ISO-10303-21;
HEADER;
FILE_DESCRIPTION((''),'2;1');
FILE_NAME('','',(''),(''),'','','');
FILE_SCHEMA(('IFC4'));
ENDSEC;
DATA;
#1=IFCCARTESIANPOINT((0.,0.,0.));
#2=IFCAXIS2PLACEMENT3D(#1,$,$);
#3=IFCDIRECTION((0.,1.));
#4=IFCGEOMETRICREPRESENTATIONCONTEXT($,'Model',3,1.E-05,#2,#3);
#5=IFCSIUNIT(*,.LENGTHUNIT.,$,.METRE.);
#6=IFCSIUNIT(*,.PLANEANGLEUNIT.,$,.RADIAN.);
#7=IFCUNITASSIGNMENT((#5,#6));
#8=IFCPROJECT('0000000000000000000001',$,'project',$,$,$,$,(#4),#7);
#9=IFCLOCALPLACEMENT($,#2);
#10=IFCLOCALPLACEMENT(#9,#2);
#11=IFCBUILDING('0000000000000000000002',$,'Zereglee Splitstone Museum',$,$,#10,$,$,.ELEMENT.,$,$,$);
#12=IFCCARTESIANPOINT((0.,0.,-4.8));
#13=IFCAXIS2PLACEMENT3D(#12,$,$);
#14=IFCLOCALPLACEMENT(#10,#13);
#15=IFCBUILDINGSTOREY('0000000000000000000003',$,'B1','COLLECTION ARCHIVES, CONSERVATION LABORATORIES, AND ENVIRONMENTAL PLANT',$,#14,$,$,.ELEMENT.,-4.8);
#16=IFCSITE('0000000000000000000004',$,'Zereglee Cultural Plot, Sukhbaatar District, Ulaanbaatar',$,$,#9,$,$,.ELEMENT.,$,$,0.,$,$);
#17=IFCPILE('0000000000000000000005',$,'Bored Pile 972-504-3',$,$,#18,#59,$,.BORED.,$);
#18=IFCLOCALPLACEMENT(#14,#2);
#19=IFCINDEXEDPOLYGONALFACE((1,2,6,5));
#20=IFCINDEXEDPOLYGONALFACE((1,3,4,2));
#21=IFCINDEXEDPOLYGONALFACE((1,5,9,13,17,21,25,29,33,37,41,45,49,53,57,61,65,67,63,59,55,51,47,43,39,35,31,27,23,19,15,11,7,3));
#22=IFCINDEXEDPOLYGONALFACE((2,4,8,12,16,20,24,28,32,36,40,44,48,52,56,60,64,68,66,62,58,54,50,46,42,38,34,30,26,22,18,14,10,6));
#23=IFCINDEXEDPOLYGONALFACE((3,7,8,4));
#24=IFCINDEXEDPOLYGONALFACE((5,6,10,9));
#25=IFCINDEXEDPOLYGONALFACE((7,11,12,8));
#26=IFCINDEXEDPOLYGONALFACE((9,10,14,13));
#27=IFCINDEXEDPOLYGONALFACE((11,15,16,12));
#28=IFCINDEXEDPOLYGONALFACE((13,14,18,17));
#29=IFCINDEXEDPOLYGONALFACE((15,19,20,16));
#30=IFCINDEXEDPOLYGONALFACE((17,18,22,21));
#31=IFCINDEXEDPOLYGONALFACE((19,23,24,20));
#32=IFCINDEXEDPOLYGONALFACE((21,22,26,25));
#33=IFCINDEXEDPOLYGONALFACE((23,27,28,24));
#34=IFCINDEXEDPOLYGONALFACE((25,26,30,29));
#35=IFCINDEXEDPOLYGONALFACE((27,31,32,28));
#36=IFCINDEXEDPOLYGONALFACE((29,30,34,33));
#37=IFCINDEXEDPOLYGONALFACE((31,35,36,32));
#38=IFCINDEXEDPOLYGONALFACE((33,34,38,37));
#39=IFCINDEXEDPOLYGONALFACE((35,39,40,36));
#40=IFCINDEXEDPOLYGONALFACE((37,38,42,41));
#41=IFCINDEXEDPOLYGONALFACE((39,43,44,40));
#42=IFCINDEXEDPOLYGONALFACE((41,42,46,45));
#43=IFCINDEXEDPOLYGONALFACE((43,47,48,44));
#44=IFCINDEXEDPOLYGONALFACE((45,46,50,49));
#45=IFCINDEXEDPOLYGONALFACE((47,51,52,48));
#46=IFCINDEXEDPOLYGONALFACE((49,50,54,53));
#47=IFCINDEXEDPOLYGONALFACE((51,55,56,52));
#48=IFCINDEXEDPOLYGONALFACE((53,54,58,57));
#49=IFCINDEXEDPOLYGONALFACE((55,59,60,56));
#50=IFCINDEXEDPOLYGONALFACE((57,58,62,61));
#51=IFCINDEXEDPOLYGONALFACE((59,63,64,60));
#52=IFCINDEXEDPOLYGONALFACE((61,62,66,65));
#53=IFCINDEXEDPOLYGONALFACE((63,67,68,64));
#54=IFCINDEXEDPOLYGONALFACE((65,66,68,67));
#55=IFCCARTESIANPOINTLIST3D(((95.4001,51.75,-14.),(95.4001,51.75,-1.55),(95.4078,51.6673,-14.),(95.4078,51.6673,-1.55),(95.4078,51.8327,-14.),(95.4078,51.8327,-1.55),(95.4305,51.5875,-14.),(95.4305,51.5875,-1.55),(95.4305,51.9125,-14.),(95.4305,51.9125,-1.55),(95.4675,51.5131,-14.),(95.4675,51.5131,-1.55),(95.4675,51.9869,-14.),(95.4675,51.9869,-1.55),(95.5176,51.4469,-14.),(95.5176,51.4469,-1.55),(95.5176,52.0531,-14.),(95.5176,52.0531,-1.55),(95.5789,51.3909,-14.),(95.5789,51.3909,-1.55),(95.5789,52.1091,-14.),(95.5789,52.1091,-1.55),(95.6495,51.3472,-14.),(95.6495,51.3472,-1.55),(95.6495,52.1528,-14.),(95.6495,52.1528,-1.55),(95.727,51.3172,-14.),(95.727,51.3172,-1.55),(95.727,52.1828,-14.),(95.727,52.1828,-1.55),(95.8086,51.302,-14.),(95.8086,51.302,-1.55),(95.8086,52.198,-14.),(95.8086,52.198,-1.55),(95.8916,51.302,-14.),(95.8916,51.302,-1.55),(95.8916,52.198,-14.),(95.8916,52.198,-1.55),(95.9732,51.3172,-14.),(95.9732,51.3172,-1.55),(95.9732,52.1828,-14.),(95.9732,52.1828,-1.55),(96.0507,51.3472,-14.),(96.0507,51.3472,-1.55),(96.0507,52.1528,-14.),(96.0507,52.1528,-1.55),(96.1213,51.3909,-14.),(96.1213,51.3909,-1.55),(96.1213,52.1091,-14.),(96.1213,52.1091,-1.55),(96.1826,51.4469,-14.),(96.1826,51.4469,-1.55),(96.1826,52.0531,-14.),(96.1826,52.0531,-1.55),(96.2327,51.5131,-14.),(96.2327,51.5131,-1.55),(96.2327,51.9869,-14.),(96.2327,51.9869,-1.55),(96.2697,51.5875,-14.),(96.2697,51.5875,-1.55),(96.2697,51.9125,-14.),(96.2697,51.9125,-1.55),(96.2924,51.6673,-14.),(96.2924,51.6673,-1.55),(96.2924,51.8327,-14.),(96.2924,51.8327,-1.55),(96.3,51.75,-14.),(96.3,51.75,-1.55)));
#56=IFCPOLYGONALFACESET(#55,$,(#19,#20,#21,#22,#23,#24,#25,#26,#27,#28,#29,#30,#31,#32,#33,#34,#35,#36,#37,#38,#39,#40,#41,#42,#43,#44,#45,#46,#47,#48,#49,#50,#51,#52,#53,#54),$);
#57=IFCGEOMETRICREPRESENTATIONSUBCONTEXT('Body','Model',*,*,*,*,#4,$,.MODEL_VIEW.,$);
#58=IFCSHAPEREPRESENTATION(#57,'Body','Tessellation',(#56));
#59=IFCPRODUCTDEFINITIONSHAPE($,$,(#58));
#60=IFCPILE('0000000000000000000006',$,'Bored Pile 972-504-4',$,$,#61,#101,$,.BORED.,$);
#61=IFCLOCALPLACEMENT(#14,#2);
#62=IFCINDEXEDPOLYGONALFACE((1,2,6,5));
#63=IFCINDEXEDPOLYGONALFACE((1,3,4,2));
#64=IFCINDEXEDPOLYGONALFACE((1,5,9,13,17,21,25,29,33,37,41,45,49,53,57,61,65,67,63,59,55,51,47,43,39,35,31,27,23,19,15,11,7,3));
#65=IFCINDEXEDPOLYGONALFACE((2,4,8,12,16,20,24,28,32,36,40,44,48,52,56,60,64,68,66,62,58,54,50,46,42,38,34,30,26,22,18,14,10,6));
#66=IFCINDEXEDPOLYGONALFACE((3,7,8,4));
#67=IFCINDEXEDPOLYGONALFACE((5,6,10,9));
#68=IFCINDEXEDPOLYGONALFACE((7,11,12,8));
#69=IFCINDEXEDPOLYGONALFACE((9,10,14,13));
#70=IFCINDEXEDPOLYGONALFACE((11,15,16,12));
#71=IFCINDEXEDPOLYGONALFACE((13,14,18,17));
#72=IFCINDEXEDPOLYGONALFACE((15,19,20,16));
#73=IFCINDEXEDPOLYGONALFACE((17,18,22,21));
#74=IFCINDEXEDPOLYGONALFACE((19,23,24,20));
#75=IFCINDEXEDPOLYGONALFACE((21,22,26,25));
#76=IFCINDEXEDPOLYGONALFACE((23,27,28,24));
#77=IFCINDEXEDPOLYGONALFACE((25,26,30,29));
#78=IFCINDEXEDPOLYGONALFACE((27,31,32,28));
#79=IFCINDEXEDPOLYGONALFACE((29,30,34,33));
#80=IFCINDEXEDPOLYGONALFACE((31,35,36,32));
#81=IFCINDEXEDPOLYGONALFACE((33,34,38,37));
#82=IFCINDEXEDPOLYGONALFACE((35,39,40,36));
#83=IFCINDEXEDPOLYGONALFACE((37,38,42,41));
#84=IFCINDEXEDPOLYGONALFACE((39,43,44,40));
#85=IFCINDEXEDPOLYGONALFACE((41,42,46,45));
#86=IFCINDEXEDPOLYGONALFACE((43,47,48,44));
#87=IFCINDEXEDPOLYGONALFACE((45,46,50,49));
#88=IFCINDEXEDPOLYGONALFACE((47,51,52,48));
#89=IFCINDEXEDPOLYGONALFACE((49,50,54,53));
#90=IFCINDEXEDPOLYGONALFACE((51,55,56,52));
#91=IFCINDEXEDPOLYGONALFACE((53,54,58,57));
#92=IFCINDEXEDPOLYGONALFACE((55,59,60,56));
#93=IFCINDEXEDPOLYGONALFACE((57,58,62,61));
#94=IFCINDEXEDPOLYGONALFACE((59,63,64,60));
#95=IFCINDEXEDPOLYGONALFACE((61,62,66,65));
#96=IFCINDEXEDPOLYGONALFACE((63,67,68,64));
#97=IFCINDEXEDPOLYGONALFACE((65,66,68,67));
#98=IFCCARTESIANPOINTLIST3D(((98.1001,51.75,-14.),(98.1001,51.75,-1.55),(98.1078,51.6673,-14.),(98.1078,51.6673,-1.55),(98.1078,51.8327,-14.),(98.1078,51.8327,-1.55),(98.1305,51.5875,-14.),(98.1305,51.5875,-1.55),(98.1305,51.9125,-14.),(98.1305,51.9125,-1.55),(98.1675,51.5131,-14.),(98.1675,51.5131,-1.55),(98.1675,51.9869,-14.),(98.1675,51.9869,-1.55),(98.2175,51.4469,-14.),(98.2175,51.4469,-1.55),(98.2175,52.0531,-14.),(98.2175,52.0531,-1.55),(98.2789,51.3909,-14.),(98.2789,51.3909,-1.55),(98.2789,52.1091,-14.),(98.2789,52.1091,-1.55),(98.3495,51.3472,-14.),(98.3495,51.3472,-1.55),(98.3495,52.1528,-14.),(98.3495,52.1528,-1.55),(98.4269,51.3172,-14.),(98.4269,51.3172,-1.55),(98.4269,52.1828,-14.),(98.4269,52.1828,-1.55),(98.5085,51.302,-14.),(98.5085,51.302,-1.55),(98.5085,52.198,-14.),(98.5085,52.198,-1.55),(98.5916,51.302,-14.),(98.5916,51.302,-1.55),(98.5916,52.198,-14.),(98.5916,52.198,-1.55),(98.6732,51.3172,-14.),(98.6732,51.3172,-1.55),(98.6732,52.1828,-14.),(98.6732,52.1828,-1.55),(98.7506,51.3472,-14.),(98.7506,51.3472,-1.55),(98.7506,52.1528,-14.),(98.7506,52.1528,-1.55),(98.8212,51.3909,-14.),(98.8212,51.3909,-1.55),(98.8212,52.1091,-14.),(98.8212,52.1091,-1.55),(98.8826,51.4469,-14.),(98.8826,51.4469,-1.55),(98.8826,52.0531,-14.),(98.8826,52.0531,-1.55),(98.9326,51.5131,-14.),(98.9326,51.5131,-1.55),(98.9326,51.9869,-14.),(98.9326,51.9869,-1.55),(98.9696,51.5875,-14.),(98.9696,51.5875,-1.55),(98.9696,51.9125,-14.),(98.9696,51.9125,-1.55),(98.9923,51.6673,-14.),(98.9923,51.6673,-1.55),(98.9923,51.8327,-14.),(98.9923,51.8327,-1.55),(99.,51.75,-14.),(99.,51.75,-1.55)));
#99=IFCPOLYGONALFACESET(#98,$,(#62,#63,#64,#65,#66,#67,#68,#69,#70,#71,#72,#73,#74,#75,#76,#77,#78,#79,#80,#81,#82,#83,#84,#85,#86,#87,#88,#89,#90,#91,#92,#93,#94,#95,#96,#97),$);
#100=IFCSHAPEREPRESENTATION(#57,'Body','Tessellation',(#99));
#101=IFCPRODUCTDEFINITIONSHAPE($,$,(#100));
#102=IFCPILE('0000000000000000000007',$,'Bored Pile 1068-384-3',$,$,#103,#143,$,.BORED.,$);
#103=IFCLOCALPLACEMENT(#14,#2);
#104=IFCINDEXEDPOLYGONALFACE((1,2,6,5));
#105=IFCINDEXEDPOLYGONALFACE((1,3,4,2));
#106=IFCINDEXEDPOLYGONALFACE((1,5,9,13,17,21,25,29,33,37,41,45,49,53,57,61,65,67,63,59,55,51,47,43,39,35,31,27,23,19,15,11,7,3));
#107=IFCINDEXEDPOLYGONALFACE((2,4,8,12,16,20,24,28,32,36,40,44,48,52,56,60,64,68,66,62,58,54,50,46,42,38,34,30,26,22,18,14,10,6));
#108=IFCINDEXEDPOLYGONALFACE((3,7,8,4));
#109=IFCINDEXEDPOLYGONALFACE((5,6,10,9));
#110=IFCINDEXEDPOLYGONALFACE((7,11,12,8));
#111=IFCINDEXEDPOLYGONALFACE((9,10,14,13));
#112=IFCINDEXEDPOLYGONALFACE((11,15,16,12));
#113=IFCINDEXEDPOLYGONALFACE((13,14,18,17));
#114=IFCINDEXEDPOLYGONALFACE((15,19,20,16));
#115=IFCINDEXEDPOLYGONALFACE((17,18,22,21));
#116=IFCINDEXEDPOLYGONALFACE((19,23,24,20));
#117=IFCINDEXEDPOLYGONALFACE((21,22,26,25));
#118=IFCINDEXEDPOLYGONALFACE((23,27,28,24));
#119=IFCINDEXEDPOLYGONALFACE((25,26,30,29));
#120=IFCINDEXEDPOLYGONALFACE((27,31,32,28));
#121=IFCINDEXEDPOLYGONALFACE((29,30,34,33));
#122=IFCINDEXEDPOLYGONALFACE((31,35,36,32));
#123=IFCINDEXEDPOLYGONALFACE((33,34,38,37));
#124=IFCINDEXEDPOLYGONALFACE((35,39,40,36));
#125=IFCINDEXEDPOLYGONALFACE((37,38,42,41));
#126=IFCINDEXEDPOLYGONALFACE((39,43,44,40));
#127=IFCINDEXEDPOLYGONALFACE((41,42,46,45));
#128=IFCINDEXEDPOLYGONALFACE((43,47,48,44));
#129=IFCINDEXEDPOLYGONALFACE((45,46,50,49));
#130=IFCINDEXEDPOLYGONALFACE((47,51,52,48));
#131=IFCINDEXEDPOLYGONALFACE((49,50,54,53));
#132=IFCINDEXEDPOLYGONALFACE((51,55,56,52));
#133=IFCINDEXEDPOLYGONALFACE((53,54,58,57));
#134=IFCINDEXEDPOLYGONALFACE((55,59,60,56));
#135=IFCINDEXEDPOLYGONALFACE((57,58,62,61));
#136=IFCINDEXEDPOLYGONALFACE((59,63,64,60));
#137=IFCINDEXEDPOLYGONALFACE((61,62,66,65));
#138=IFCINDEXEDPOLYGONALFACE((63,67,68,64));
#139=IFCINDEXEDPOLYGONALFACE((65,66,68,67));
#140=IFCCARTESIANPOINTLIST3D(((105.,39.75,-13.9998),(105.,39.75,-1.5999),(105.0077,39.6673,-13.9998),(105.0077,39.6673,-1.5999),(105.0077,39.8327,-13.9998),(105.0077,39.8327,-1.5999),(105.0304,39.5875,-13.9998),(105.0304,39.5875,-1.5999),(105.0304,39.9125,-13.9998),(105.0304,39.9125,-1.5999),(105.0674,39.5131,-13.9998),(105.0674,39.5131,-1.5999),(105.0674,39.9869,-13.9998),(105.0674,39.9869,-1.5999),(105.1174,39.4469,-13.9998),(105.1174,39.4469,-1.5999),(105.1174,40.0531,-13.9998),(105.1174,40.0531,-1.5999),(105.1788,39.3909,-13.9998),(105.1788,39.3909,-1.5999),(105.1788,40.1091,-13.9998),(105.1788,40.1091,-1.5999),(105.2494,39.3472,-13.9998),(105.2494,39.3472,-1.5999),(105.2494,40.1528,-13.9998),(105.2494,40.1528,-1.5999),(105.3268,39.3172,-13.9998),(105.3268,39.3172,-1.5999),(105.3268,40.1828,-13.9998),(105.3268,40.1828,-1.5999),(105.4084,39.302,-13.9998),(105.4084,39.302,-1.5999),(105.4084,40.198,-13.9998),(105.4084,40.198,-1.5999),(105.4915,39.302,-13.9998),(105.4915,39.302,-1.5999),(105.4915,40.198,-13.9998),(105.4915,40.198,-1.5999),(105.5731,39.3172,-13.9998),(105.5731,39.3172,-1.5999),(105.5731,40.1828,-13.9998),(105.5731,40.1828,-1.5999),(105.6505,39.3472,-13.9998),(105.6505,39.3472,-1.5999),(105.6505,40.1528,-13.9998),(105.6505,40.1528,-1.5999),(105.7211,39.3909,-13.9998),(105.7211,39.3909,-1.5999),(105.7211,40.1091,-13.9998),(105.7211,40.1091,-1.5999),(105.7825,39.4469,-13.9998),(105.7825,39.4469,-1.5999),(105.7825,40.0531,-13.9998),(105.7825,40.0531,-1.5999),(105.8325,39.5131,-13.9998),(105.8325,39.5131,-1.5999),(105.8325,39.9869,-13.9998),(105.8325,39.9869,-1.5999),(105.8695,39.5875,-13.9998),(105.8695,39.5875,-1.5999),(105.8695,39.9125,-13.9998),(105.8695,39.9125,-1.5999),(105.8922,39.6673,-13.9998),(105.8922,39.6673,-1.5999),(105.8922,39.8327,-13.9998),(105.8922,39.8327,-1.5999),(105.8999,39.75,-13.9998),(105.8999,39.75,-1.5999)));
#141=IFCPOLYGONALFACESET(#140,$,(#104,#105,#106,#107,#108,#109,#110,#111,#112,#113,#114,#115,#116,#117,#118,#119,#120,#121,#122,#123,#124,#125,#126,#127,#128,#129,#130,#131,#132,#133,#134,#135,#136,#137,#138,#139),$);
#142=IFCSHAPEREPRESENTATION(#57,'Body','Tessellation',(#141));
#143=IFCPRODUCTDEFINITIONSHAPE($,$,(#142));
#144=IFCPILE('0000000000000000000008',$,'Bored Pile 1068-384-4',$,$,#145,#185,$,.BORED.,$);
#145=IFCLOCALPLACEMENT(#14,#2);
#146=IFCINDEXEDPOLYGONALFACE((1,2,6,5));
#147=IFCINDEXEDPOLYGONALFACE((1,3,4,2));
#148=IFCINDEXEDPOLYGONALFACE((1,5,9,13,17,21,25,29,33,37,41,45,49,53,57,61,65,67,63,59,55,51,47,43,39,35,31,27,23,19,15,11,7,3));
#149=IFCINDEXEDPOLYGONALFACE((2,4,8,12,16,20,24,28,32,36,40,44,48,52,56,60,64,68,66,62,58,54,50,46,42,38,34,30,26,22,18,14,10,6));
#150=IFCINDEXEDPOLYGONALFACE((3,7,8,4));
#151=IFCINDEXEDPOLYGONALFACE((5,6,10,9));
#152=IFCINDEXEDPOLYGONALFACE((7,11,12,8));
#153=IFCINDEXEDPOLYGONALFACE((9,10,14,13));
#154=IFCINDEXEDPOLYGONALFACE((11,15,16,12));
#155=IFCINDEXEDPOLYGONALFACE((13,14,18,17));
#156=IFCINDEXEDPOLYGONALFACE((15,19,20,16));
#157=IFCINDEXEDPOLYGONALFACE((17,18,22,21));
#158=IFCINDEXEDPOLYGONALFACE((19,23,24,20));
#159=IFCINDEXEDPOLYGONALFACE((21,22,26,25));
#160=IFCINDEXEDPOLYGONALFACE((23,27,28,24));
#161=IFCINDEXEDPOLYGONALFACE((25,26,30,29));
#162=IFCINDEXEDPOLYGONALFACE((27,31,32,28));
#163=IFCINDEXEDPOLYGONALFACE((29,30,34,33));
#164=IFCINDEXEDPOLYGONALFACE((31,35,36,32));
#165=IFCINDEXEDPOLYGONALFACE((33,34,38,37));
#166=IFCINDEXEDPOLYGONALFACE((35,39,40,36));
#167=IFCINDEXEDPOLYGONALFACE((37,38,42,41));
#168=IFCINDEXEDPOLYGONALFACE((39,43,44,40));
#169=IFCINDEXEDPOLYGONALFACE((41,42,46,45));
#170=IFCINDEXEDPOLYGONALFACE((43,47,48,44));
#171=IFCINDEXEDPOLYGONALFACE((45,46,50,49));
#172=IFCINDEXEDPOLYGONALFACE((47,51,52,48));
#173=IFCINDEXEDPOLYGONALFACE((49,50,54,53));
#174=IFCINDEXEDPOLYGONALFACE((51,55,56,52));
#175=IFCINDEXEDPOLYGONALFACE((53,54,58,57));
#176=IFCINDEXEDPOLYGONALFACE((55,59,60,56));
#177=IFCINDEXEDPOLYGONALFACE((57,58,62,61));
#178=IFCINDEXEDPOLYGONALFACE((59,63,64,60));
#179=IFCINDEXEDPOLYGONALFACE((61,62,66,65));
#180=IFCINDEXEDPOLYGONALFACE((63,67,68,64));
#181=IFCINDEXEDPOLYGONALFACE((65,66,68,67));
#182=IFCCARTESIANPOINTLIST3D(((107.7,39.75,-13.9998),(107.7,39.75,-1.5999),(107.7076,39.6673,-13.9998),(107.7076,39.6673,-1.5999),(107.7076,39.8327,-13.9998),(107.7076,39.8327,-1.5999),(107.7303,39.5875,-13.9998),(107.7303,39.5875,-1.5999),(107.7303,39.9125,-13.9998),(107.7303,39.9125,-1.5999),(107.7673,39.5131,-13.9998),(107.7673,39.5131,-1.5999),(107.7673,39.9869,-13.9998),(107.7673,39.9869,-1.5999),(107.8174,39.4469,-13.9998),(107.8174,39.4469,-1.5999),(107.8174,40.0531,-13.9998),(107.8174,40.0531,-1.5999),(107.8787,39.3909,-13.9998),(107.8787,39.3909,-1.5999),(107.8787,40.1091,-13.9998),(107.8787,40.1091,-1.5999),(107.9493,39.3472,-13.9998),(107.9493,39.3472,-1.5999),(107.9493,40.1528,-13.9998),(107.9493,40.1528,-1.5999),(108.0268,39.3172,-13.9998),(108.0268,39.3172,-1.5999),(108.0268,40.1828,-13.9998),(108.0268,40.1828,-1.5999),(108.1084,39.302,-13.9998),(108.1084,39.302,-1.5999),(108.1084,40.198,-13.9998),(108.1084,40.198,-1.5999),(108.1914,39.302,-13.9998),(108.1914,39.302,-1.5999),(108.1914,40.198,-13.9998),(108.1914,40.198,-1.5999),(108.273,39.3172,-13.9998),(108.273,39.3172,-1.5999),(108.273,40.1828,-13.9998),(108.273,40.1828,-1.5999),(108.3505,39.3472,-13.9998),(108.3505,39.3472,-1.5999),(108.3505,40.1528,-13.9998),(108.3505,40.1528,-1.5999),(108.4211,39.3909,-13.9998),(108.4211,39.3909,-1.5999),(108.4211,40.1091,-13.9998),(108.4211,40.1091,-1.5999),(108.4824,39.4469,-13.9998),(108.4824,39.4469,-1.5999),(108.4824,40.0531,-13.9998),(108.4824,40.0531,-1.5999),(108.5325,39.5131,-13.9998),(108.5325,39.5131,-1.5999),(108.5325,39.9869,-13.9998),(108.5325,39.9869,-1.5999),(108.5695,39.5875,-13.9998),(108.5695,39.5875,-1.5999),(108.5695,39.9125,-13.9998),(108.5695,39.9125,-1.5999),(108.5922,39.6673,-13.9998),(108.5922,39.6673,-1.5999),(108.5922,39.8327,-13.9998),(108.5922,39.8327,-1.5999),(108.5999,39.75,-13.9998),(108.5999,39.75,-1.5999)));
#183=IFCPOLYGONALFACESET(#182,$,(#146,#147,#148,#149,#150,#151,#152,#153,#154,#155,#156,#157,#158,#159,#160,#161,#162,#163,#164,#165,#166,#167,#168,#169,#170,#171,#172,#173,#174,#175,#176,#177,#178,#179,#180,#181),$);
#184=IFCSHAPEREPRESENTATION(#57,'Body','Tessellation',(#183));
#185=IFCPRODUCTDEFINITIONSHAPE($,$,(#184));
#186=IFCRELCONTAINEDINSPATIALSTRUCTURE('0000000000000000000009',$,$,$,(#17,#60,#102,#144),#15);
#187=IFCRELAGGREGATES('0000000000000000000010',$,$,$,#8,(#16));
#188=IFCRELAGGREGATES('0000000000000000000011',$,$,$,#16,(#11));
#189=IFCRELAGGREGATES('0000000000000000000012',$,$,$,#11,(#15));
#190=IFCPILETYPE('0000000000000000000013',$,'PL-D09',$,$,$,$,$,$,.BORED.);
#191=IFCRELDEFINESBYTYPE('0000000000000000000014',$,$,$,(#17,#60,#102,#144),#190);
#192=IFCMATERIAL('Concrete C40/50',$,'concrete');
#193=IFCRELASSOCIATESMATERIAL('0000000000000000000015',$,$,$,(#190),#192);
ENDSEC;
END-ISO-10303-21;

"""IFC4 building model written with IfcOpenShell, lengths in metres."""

from ifc_helpers import new_model, si_unit, direction, frame, origin, origin_2d, place, context, subcontext, project, spatial, circle, extrude, material, material_profile, profile_set, type_object, element, save


model = new_model("IFC4")

# Units and contexts
model_context = context("Model", 3, precision=1e-05, world=origin(), true_north=direction((0.0, 1.0)))
body_context = subcontext(model_context, "Body", "Model", "MODEL_VIEW")
ifc_project = project(units=[si_unit("LENGTHUNIT", "METRE"), si_unit("PLANEANGLEUNIT", "RADIAN")], contexts=[model_context])

# Site, building, storey
site_placement = place(None, origin())
site = spatial("IfcSite", under=ifc_project, at=site_placement, Name="Zereglee Cultural Plot, Sukhbaatar District, Ulaanbaatar", CompositionType="ELEMENT", RefElevation=0.0)
building_placement = place(site_placement, origin())
building = spatial("IfcBuilding", under=site, at=building_placement, Name="Zereglee Splitstone Museum", CompositionType="ELEMENT")
storey_placement = place(building_placement, frame((0.0, 0.0, -4.8)))
storey = spatial("IfcBuildingStorey", under=building, at=storey_placement, Name="B1", Description="COLLECTION ARCHIVES, CONSERVATION LABORATORIES, AND ENVIRONMENTAL PLANT", CompositionType="ELEMENT", Elevation=-4.8)

# Shared definitions
ifc_material_1 = material(Name="Concrete C40/50", Category="concrete")

# Piles
ifc_material_profile_1 = material_profile(ifc_material_1, circle(Radius=0.45, at=origin_2d()), Name="PILE D900")
ifc_profile_set_1 = profile_set([ifc_material_profile_1], Name="Concrete C40/50")
pile_type = type_object("IfcPileType", Name="PL-D09", PredefinedType="BORED", material=ifc_profile_set_1)
for number, where, z_axis, x_axis, name in (
    (1, (95.8501, 51.75, -1.55), (0.0, 0.0, -1.0), (1.0, 0.0, 0.0), "Bored Pile 972-504-3"),
    (2, (98.55, 51.75, -1.55), (0.0, 0.0, -1.0), (1.0, 0.0, 0.0), "Bored Pile 972-504-4"),
):
    element("IfcPile", number, at=place(storey_placement, frame(where, z_axis=z_axis, x_axis=x_axis)), inside=storey, type_object=pile_type, Name=name, PredefinedType="BORED", context=body_context, shape_type="SweptSolid", body=[
        extrude(circle(Radius=0.45, at=origin_2d()), origin(), (0.0, 0.0, 1.0), 12.45),
    ])
for number, where, z_axis, x_axis, name in (
    (3, (105.45, 39.75, -1.5999), (0.0, 0.0, -1.0), (1.0, 0.0, 0.0), "Bored Pile 1068-384-3"),
    (4, (108.1499, 39.75, -1.5999), (0.0, 0.0, -1.0), (1.0, 0.0, 0.0), "Bored Pile 1068-384-4"),
):
    element("IfcPile", number, at=place(storey_placement, frame(where, z_axis=z_axis, x_axis=x_axis)), inside=storey, type_object=pile_type, Name=name, PredefinedType="BORED", context=body_context, shape_type="SweptSolid", body=[
        extrude(circle(Radius=0.45, at=origin_2d()), origin(), (0.0, 0.0, 1.0), 12.3999),
    ])

save(model, "model.ifc")
